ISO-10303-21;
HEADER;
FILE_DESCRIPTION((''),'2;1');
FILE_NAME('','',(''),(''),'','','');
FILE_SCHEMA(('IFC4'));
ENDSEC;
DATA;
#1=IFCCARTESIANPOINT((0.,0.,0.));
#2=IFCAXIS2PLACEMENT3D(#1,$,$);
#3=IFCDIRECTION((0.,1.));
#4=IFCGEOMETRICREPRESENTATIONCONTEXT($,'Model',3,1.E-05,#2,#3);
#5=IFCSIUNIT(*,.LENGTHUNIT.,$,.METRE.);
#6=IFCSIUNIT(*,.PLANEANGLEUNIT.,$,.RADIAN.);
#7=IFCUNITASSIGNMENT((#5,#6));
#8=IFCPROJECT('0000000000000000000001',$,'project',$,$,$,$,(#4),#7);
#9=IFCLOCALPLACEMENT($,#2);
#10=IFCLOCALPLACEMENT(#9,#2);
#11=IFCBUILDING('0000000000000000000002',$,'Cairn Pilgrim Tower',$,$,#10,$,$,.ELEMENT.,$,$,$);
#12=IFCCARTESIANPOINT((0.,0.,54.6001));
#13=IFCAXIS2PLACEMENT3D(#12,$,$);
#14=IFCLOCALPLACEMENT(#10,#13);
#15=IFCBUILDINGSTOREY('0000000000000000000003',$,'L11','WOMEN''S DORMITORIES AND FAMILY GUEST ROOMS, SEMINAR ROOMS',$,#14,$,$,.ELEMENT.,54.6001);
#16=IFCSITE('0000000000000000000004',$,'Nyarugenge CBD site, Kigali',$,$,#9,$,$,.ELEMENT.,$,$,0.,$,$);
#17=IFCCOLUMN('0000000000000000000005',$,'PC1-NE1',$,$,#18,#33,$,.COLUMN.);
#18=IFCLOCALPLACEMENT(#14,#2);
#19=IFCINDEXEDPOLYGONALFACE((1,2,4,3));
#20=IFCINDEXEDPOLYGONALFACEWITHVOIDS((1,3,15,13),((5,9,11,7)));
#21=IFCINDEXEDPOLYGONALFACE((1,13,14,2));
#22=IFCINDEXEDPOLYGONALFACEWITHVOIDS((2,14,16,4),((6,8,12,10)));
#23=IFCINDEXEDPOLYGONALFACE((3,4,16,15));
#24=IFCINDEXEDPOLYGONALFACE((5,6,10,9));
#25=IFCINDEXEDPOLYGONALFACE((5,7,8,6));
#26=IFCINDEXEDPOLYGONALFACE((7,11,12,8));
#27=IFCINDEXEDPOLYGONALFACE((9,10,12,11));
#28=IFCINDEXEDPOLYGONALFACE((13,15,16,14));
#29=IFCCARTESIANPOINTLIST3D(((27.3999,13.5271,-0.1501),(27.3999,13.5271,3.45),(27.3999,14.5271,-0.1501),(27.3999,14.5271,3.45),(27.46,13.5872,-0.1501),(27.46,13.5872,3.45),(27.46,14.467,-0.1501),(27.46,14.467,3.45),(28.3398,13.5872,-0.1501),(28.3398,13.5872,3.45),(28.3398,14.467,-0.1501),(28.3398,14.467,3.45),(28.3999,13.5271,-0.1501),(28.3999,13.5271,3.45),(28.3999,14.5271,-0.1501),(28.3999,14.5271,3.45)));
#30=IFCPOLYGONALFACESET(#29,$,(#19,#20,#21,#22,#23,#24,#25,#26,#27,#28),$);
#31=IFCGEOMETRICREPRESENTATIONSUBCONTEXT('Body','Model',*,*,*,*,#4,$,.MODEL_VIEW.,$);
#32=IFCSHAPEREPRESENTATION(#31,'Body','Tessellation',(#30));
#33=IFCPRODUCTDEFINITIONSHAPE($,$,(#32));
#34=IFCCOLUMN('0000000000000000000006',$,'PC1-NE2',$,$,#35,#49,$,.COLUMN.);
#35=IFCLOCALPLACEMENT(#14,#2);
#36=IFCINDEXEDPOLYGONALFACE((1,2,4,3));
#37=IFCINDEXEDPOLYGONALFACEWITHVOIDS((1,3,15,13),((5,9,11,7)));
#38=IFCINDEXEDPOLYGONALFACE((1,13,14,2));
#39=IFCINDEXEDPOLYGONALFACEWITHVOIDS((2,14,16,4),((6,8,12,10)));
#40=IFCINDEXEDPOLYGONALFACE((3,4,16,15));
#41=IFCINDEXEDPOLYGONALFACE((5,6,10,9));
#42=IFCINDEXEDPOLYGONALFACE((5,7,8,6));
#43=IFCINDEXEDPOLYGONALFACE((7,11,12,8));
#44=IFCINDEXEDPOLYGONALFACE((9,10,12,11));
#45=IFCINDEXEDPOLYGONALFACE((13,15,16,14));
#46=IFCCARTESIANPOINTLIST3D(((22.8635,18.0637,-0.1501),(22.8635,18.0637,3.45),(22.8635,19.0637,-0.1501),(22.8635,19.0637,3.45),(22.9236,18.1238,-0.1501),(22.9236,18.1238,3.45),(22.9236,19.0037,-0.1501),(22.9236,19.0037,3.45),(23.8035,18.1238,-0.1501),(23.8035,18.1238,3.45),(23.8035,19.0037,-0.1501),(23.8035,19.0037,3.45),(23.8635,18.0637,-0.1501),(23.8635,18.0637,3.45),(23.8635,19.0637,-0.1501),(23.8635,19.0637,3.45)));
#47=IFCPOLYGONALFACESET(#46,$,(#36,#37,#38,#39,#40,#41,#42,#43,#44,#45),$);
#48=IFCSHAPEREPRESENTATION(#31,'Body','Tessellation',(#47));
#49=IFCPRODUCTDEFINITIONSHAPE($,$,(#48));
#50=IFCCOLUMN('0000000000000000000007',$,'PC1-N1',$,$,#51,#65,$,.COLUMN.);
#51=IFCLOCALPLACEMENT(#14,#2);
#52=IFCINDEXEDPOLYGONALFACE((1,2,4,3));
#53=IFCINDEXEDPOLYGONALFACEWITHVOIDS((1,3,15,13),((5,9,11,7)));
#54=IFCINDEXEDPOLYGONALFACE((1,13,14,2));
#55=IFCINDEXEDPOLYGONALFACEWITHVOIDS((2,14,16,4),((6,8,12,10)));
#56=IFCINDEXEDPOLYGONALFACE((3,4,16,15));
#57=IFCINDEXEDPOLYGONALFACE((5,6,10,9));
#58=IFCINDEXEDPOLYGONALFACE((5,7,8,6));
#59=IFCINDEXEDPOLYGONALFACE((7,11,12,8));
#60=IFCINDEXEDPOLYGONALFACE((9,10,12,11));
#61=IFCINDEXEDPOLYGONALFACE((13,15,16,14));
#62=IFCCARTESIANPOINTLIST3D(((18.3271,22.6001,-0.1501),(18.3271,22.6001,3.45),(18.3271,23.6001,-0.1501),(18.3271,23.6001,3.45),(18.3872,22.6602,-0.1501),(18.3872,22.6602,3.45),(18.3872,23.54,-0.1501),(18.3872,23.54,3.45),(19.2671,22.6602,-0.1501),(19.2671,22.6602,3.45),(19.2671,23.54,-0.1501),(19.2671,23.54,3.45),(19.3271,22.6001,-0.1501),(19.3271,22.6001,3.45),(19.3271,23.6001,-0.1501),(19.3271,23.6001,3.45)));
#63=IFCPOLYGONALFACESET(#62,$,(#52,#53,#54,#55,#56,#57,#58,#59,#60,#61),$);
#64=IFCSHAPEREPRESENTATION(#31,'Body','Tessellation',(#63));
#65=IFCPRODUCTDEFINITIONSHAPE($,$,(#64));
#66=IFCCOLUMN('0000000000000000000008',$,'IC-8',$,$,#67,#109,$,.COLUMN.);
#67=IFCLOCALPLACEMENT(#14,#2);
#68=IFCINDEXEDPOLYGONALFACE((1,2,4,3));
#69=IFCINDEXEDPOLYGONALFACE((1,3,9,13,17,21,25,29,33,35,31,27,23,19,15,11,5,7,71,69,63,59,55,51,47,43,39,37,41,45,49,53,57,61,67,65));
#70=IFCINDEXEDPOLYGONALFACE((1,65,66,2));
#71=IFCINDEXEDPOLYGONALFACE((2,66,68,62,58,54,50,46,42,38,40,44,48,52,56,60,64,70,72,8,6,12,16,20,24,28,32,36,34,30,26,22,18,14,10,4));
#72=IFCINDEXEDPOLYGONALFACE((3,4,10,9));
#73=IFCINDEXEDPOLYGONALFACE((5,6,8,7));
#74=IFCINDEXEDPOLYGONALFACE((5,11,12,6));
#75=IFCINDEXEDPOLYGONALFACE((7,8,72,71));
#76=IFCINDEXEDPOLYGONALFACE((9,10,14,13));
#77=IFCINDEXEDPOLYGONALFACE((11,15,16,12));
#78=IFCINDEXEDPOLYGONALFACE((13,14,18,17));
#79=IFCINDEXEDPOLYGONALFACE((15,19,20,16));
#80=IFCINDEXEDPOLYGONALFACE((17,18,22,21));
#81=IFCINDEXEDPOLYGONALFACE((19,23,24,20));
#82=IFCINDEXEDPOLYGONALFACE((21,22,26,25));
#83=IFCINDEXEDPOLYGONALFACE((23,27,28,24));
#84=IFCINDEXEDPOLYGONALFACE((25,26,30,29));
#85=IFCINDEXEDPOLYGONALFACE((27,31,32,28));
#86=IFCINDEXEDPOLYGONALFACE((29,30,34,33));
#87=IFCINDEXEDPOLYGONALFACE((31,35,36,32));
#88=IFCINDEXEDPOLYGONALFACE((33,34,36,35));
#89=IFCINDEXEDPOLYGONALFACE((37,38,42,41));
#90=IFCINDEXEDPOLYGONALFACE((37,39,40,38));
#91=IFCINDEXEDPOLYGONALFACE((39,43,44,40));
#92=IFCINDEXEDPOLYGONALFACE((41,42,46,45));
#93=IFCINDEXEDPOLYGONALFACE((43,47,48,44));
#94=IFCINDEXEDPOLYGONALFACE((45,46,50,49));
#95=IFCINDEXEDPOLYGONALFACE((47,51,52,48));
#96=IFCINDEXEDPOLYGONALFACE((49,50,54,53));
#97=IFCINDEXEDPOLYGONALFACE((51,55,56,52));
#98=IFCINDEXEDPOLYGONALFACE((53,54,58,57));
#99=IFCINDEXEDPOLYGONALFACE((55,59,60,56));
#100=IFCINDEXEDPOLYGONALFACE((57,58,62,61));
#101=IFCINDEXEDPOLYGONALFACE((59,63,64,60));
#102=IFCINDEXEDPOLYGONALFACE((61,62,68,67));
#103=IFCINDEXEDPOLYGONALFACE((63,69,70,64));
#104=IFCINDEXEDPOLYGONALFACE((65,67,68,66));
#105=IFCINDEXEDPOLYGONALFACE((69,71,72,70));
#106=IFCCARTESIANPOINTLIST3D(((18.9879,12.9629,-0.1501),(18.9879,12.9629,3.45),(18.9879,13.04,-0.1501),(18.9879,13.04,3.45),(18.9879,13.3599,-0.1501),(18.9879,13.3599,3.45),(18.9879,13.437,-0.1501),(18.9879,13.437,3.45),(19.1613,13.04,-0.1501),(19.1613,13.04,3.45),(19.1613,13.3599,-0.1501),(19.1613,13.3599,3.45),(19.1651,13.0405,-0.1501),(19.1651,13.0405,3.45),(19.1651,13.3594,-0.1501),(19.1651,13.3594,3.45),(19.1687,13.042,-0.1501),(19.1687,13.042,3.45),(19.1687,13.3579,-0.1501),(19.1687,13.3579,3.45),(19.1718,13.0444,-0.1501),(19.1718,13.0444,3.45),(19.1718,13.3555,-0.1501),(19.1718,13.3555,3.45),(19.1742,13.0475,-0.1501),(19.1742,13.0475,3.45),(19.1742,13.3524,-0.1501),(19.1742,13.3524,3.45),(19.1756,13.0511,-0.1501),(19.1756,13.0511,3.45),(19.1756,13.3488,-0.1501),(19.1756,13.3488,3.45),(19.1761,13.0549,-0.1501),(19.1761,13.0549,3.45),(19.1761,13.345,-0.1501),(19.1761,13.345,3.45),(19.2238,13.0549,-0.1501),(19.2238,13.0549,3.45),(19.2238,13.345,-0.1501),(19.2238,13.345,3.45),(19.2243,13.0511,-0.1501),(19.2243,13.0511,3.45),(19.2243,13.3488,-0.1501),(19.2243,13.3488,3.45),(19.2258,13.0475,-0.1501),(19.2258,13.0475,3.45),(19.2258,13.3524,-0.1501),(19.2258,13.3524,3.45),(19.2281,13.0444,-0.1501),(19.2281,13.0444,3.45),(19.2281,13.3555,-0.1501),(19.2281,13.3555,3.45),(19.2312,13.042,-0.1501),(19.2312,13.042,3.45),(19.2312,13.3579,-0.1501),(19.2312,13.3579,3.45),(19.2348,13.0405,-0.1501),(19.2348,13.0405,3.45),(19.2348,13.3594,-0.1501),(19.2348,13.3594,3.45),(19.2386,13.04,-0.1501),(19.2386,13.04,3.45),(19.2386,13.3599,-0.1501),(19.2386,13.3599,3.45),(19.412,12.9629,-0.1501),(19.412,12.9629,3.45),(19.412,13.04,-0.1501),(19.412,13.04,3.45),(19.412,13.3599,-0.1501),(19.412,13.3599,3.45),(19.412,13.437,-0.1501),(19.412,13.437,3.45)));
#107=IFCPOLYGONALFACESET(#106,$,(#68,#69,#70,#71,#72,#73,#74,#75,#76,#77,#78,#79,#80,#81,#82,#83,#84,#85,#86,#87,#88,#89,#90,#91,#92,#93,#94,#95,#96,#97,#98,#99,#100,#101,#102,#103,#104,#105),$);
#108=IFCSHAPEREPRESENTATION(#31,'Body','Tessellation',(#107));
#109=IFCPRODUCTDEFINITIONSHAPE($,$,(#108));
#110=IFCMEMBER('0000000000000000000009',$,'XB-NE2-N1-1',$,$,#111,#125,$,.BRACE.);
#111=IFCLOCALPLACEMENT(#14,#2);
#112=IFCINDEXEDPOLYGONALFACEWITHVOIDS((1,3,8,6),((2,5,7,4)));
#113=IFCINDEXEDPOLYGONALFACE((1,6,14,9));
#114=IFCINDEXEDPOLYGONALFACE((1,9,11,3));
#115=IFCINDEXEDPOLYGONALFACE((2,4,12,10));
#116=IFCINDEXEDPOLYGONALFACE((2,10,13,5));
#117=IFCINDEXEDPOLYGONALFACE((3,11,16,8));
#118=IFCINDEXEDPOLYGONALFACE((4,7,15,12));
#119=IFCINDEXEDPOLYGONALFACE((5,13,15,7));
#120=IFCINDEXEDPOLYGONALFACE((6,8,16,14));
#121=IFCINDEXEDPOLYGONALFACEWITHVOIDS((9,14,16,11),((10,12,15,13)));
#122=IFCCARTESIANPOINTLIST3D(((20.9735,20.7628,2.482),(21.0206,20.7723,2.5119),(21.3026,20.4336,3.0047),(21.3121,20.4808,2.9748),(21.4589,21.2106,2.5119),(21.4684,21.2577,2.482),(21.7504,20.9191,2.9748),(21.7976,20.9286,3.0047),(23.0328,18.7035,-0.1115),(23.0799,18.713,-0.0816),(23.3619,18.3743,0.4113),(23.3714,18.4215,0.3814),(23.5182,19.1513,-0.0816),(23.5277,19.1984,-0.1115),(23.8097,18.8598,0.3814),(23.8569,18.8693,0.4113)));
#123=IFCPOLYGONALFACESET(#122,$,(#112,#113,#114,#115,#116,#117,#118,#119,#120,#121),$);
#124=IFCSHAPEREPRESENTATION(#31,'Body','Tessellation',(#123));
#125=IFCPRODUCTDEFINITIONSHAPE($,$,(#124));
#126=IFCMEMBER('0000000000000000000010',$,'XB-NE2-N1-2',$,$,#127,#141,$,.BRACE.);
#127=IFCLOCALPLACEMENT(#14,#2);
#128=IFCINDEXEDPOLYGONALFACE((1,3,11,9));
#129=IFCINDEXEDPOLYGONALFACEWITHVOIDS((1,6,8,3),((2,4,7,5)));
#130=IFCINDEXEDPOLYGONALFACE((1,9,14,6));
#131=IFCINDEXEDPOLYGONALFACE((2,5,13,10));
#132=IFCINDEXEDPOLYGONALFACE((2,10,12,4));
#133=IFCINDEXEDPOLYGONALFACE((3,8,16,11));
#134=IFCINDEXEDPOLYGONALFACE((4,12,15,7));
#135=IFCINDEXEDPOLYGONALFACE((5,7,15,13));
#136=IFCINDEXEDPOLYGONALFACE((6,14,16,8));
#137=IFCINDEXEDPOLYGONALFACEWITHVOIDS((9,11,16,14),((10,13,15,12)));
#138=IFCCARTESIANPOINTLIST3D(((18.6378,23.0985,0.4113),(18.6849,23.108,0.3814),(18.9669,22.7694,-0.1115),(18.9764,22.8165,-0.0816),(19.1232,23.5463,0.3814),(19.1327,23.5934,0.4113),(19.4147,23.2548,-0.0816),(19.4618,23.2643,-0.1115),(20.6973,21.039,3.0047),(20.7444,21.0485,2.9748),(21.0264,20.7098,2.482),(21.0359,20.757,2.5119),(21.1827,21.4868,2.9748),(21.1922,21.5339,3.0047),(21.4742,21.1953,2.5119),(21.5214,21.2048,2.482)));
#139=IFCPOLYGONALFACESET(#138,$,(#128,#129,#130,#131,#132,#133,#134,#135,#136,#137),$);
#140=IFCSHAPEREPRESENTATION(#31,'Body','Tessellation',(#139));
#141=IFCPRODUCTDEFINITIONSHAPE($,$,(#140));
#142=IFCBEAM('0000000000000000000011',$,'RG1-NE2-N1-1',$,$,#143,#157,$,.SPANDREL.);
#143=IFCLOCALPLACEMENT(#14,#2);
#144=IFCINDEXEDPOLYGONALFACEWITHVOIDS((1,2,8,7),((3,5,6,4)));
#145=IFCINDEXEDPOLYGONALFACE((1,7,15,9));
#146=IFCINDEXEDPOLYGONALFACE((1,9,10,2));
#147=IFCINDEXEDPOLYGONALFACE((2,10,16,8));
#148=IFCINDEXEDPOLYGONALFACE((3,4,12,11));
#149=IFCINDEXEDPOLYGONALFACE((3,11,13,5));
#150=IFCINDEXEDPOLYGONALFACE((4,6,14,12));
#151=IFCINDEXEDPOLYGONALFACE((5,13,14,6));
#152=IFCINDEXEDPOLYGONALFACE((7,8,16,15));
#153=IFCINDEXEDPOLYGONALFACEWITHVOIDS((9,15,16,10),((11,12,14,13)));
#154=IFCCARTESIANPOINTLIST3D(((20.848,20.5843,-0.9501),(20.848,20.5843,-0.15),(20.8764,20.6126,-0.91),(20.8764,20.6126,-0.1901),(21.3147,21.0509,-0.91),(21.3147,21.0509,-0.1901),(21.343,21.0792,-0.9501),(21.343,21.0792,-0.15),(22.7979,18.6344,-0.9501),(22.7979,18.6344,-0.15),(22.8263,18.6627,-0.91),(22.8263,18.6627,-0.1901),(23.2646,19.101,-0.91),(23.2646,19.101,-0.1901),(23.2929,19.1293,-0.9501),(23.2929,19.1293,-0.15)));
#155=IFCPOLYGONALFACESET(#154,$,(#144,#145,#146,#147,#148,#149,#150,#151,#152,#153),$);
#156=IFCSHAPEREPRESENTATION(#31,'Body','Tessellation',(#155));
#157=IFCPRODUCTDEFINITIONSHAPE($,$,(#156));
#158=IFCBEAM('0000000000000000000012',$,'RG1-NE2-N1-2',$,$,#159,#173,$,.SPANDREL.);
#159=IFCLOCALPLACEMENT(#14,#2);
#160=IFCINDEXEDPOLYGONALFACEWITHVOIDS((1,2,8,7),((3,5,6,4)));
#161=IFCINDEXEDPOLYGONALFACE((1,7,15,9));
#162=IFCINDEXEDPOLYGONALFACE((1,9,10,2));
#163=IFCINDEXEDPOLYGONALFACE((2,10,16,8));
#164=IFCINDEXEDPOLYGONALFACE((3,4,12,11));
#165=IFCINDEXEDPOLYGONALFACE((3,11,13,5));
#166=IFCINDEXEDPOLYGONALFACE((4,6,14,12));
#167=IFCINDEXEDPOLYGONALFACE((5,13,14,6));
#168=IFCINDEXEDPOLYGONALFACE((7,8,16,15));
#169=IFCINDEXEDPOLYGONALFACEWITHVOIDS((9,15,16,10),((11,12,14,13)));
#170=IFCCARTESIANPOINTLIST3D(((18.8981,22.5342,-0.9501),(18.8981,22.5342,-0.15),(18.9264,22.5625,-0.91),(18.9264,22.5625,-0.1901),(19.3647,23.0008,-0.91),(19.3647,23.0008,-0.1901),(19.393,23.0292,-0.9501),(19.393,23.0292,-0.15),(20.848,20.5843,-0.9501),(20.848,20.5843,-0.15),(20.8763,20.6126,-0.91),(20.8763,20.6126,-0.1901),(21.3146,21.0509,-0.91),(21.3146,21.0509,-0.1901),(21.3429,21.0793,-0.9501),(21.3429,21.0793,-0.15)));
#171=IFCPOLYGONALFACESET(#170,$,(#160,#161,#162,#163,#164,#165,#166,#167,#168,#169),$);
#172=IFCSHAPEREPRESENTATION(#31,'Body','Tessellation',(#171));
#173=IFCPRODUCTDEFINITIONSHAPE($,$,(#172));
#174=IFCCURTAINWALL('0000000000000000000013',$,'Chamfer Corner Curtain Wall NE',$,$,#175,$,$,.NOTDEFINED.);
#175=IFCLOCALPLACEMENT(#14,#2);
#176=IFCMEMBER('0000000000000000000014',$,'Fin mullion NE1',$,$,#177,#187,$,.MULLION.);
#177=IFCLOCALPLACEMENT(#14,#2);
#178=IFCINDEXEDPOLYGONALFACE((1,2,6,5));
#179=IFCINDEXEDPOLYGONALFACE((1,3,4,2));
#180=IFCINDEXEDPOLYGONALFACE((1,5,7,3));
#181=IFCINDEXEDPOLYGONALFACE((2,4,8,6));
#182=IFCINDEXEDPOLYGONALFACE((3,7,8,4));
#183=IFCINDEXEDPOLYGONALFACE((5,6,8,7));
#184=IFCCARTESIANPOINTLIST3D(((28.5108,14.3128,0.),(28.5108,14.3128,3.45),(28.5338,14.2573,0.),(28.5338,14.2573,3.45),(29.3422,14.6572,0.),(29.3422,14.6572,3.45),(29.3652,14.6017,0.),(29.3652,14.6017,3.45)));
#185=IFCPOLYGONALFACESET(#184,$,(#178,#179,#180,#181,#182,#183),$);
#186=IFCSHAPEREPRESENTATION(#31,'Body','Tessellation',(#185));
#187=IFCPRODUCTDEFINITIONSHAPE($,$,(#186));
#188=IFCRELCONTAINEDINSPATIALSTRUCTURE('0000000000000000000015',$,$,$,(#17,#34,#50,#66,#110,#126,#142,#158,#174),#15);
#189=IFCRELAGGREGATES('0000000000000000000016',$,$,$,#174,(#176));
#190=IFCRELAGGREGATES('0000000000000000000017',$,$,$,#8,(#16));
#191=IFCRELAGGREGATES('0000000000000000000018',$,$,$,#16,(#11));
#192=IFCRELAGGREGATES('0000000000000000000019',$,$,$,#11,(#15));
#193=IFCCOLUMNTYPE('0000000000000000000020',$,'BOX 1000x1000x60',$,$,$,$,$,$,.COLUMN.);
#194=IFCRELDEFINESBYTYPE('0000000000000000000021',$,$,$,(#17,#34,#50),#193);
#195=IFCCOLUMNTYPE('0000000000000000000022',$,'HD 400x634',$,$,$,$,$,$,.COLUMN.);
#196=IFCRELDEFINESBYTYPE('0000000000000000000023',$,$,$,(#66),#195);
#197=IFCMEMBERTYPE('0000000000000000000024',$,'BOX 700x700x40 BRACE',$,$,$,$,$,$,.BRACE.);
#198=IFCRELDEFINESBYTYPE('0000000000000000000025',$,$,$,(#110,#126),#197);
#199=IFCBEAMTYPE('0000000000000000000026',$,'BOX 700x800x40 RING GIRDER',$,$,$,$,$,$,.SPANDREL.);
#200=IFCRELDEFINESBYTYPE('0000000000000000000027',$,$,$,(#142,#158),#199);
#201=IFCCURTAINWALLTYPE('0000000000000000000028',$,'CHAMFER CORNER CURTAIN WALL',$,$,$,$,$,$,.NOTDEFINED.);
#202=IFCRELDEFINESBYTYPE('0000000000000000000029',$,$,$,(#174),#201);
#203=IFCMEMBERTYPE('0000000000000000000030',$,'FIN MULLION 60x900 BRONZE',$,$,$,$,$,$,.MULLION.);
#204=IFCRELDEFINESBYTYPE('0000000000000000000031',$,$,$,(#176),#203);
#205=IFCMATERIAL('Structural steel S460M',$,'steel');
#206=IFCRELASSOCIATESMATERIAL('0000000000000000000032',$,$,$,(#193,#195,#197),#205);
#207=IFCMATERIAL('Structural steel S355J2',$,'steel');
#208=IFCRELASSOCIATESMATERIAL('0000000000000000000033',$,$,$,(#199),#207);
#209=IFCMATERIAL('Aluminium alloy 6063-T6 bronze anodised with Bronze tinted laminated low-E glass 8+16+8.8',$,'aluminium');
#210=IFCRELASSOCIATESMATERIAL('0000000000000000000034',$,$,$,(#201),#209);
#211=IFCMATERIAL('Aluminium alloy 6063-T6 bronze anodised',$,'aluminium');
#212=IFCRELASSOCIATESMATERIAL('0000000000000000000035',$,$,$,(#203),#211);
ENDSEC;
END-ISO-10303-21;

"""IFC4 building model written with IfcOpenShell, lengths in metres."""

from ifc_helpers import new_model, si_unit, direction, frame, origin, origin_2d, place, context, subcontext, project, spatial, rectangle, hollow_rectangle, i_section, extrude, material, material_profile, profile_set, type_object, element, aggregate, save


model = new_model("IFC4")

# Units and contexts
model_context = context("Model", 3, precision=1e-05, world=origin(), true_north=direction((0.0, 1.0)))
body_context = subcontext(model_context, "Body", "Model", "MODEL_VIEW")
ifc_project = project(units=[si_unit("LENGTHUNIT", "METRE"), si_unit("PLANEANGLEUNIT", "RADIAN")], contexts=[model_context])

# Site, building, storey
site_placement = place(None, origin())
site = spatial("IfcSite", under=ifc_project, at=site_placement, Name="Nyarugenge CBD site, Kigali", CompositionType="ELEMENT", RefElevation=0.0)
building_placement = place(site_placement, origin())
building = spatial("IfcBuilding", under=site, at=building_placement, Name="Cairn Pilgrim Tower", CompositionType="ELEMENT")
storey_placement = place(building_placement, frame((0.0, 0.0, 54.6001)))
storey = spatial("IfcBuildingStorey", under=building, at=storey_placement, Name="L11", Description="WOMEN'S DORMITORIES AND FAMILY GUEST ROOMS, SEMINAR ROOMS", CompositionType="ELEMENT", Elevation=54.6001)

# Columns
ifc_material_1 = material(Name="Structural steel S460M", Category="steel")
ifc_material_profile_1 = material_profile(ifc_material_1, hollow_rectangle(XDim=1.0, YDim=1.0, WallThickness=0.0601, at=origin_2d()), Name="BOX 1000x1000x60")
ifc_profile_set_1 = profile_set([ifc_material_profile_1], Name="Structural steel S460M")
column_type_1 = type_object("IfcColumnType", Name="BOX 1000x1000x60", PredefinedType="COLUMN", material=ifc_profile_set_1)
for number, where, z_axis, x_axis, name in (
    (1, (27.8999, 14.0271, -0.1501), (0.0, 0.0, 1.0), (1.0, 0.0, 0.0), "PC1-NE1"),
    (2, (23.3635, 18.5637, -0.1501), (0.0, 0.0, 1.0), (1.0, 0.0, 0.0), "PC1-NE2"),
    (3, (18.8271, 23.1001, -0.1501), (0.0, 0.0, 1.0), (1.0, 0.0, 0.0), "PC1-N1"),
):
    element("IfcColumn", number, at=place(storey_placement, frame(where, z_axis=z_axis, x_axis=x_axis)), inside=storey, type_object=column_type_1, Name=name, PredefinedType="COLUMN", context=body_context, shape_type="SweptSolid", body=[
        extrude(hollow_rectangle(XDim=1.0, YDim=1.0, WallThickness=0.0601, at=origin_2d()), origin(), (0.0, 0.0, 1.0), 3.6001),
    ])
ifc_material_profile_2 = material_profile(ifc_material_1, i_section(OverallWidth=0.4241, OverallDepth=0.4741, WebThickness=0.0476, FlangeThickness=0.0771, FilletRadius=0.0149, at=origin_2d()), Name="HD 400x634")
ifc_profile_set_2 = profile_set([ifc_material_profile_2], Name="Structural steel S460M")
column_type_2 = type_object("IfcColumnType", Name="HD 400x634", PredefinedType="COLUMN", material=ifc_profile_set_2)
column_placement = place(storey_placement, frame((19.2, 13.2, -0.1501), z_axis=(0.0, 0.0, 1.0), x_axis=(1.0, 0.0, 0.0)))
element("IfcColumn", 4, at=column_placement, inside=storey, type_object=column_type_2, Name="IC-8", PredefinedType="COLUMN", context=body_context, shape_type="SweptSolid", body=[
    extrude(i_section(OverallWidth=0.4241, OverallDepth=0.4741, WebThickness=0.0476, FlangeThickness=0.0771, FilletRadius=0.0149, at=origin_2d()), origin(), (0.0, 0.0, 1.0), 3.6001),
])

# Members
ifc_material_profile_3 = material_profile(ifc_material_1, hollow_rectangle(XDim=0.7, YDim=0.7, WallThickness=0.04, at=origin_2d()), Name="BOX 700x700x40")
ifc_profile_set_3 = profile_set([ifc_material_profile_3], Name="Structural steel S460M")
member_type_1 = type_object("IfcMemberType", Name="BOX 700x700x40 BRACE", PredefinedType="BRACE", material=ifc_profile_set_3)
member_1_placement = place(storey_placement, frame((23.4448, 18.7864, 0.1499), z_axis=(-0.528068, 0.528068, 0.665047), x_axis=(-0.707107, -0.707107, 0.0)))
element("IfcMember", 5, at=member_1_placement, inside=storey, type_object=member_type_1, Name="XB-NE2-N1-1", PredefinedType="BRACE", context=body_context, shape_type="SweptSolid", body=[
    extrude(hollow_rectangle(XDim=0.7, YDim=0.7, WallThickness=0.04, at=origin_2d()), origin(), (0.0, 0.0, 1.0), 3.8997),
])
member_2_placement = place(storey_placement, frame((19.0498, 23.1814, 0.1499), z_axis=(0.528096, -0.528096, 0.665003), x_axis=(0.707107, 0.707107, 0.0)))
element("IfcMember", 6, at=member_2_placement, inside=storey, type_object=member_type_1, Name="XB-NE2-N1-2", PredefinedType="BRACE", context=body_context, shape_type="SweptSolid", body=[
    extrude(hollow_rectangle(XDim=0.7, YDim=0.7, WallThickness=0.04, at=origin_2d()), origin(), (0.0, 0.0, 1.0), 3.8999),
])

# Beams
ifc_material_2 = material(Name="Structural steel S355J2", Category="steel")
ifc_material_profile_4 = material_profile(ifc_material_2, hollow_rectangle(XDim=0.7, YDim=0.8, WallThickness=0.04, at=origin_2d()), Name="BOX 700x800x40")
ifc_profile_set_4 = profile_set([ifc_material_profile_4], Name="Structural steel S355J2")
beam_type_1 = type_object("IfcBeamType", Name="BOX 700x800x40 RING GIRDER", PredefinedType="SPANDREL", material=ifc_profile_set_4)
for number, where, z_axis, x_axis, name in (
    (7, (23.0454, 18.8818, -0.55), (-0.707107, 0.707107, 0.0), (-0.707107, -0.707107, 0.0), "RG1-NE2-N1-1"),
    (8, (21.0955, 20.8318, -0.55), (-0.707107, 0.707107, 0.0), (-0.707107, -0.707107, 0.0), "RG1-NE2-N1-2"),
):
    element("IfcBeam", number, at=place(storey_placement, frame(where, z_axis=z_axis, x_axis=x_axis)), inside=storey, type_object=beam_type_1, Name=name, PredefinedType="SPANDREL", context=body_context, shape_type="SweptSolid", body=[
        extrude(hollow_rectangle(XDim=0.7, YDim=0.8, WallThickness=0.04, at=origin_2d()), origin(), (0.0, 0.0, 1.0), 2.7576),
    ])

# Curtain wall, member
ifc_material_3 = material(Name="Aluminium alloy 6063-T6 bronze anodised with Bronze tinted laminated low-E glass 8+16+8.8", Category="aluminium")
curtain_wall_type_1 = type_object("IfcCurtainWallType", Name="CHAMFER CORNER CURTAIN WALL", PredefinedType="NOTDEFINED", material=ifc_material_3)
curtain_wall_1_placement = place(storey_placement, origin())
curtain_wall_1 = element("IfcCurtainWall", 9, at=curtain_wall_1_placement, inside=storey, type_object=curtain_wall_type_1, Name="Chamfer Corner Curtain Wall NE", PredefinedType="NOTDEFINED")
ifc_material_4 = material(Name="Aluminium alloy 6063-T6 bronze anodised", Category="aluminium")
ifc_material_profile_5 = material_profile(ifc_material_4, rectangle(XDim=0.8999, YDim=0.0601, at=origin_2d()), Name="FIN MULLION 60x900 BRONZE")
ifc_profile_set_5 = profile_set([ifc_material_profile_5], Name="Aluminium alloy 6063-T6 bronze anodised")
member_type_2 = type_object("IfcMemberType", Name="FIN MULLION 60x900 BRONZE", PredefinedType="MULLION", material=ifc_profile_set_5)
member_3_placement = place(storey_placement, frame((28.938, 14.4573, 0.0), z_axis=(0.0, 0.0, 1.0), x_axis=(0.92388, 0.382683, 0.0)))
member_3 = element("IfcMember", 10, at=member_3_placement, type_object=member_type_2, Name="Fin mullion NE1", PredefinedType="MULLION", context=body_context, shape_type="SweptSolid", body=[
    extrude(rectangle(XDim=0.8999, YDim=0.0601, at=origin_2d()), origin(), (0.0, 0.0, 1.0), 3.45),
])

aggregate(curtain_wall_1, [member_3])

save(model, "model.ifc")
